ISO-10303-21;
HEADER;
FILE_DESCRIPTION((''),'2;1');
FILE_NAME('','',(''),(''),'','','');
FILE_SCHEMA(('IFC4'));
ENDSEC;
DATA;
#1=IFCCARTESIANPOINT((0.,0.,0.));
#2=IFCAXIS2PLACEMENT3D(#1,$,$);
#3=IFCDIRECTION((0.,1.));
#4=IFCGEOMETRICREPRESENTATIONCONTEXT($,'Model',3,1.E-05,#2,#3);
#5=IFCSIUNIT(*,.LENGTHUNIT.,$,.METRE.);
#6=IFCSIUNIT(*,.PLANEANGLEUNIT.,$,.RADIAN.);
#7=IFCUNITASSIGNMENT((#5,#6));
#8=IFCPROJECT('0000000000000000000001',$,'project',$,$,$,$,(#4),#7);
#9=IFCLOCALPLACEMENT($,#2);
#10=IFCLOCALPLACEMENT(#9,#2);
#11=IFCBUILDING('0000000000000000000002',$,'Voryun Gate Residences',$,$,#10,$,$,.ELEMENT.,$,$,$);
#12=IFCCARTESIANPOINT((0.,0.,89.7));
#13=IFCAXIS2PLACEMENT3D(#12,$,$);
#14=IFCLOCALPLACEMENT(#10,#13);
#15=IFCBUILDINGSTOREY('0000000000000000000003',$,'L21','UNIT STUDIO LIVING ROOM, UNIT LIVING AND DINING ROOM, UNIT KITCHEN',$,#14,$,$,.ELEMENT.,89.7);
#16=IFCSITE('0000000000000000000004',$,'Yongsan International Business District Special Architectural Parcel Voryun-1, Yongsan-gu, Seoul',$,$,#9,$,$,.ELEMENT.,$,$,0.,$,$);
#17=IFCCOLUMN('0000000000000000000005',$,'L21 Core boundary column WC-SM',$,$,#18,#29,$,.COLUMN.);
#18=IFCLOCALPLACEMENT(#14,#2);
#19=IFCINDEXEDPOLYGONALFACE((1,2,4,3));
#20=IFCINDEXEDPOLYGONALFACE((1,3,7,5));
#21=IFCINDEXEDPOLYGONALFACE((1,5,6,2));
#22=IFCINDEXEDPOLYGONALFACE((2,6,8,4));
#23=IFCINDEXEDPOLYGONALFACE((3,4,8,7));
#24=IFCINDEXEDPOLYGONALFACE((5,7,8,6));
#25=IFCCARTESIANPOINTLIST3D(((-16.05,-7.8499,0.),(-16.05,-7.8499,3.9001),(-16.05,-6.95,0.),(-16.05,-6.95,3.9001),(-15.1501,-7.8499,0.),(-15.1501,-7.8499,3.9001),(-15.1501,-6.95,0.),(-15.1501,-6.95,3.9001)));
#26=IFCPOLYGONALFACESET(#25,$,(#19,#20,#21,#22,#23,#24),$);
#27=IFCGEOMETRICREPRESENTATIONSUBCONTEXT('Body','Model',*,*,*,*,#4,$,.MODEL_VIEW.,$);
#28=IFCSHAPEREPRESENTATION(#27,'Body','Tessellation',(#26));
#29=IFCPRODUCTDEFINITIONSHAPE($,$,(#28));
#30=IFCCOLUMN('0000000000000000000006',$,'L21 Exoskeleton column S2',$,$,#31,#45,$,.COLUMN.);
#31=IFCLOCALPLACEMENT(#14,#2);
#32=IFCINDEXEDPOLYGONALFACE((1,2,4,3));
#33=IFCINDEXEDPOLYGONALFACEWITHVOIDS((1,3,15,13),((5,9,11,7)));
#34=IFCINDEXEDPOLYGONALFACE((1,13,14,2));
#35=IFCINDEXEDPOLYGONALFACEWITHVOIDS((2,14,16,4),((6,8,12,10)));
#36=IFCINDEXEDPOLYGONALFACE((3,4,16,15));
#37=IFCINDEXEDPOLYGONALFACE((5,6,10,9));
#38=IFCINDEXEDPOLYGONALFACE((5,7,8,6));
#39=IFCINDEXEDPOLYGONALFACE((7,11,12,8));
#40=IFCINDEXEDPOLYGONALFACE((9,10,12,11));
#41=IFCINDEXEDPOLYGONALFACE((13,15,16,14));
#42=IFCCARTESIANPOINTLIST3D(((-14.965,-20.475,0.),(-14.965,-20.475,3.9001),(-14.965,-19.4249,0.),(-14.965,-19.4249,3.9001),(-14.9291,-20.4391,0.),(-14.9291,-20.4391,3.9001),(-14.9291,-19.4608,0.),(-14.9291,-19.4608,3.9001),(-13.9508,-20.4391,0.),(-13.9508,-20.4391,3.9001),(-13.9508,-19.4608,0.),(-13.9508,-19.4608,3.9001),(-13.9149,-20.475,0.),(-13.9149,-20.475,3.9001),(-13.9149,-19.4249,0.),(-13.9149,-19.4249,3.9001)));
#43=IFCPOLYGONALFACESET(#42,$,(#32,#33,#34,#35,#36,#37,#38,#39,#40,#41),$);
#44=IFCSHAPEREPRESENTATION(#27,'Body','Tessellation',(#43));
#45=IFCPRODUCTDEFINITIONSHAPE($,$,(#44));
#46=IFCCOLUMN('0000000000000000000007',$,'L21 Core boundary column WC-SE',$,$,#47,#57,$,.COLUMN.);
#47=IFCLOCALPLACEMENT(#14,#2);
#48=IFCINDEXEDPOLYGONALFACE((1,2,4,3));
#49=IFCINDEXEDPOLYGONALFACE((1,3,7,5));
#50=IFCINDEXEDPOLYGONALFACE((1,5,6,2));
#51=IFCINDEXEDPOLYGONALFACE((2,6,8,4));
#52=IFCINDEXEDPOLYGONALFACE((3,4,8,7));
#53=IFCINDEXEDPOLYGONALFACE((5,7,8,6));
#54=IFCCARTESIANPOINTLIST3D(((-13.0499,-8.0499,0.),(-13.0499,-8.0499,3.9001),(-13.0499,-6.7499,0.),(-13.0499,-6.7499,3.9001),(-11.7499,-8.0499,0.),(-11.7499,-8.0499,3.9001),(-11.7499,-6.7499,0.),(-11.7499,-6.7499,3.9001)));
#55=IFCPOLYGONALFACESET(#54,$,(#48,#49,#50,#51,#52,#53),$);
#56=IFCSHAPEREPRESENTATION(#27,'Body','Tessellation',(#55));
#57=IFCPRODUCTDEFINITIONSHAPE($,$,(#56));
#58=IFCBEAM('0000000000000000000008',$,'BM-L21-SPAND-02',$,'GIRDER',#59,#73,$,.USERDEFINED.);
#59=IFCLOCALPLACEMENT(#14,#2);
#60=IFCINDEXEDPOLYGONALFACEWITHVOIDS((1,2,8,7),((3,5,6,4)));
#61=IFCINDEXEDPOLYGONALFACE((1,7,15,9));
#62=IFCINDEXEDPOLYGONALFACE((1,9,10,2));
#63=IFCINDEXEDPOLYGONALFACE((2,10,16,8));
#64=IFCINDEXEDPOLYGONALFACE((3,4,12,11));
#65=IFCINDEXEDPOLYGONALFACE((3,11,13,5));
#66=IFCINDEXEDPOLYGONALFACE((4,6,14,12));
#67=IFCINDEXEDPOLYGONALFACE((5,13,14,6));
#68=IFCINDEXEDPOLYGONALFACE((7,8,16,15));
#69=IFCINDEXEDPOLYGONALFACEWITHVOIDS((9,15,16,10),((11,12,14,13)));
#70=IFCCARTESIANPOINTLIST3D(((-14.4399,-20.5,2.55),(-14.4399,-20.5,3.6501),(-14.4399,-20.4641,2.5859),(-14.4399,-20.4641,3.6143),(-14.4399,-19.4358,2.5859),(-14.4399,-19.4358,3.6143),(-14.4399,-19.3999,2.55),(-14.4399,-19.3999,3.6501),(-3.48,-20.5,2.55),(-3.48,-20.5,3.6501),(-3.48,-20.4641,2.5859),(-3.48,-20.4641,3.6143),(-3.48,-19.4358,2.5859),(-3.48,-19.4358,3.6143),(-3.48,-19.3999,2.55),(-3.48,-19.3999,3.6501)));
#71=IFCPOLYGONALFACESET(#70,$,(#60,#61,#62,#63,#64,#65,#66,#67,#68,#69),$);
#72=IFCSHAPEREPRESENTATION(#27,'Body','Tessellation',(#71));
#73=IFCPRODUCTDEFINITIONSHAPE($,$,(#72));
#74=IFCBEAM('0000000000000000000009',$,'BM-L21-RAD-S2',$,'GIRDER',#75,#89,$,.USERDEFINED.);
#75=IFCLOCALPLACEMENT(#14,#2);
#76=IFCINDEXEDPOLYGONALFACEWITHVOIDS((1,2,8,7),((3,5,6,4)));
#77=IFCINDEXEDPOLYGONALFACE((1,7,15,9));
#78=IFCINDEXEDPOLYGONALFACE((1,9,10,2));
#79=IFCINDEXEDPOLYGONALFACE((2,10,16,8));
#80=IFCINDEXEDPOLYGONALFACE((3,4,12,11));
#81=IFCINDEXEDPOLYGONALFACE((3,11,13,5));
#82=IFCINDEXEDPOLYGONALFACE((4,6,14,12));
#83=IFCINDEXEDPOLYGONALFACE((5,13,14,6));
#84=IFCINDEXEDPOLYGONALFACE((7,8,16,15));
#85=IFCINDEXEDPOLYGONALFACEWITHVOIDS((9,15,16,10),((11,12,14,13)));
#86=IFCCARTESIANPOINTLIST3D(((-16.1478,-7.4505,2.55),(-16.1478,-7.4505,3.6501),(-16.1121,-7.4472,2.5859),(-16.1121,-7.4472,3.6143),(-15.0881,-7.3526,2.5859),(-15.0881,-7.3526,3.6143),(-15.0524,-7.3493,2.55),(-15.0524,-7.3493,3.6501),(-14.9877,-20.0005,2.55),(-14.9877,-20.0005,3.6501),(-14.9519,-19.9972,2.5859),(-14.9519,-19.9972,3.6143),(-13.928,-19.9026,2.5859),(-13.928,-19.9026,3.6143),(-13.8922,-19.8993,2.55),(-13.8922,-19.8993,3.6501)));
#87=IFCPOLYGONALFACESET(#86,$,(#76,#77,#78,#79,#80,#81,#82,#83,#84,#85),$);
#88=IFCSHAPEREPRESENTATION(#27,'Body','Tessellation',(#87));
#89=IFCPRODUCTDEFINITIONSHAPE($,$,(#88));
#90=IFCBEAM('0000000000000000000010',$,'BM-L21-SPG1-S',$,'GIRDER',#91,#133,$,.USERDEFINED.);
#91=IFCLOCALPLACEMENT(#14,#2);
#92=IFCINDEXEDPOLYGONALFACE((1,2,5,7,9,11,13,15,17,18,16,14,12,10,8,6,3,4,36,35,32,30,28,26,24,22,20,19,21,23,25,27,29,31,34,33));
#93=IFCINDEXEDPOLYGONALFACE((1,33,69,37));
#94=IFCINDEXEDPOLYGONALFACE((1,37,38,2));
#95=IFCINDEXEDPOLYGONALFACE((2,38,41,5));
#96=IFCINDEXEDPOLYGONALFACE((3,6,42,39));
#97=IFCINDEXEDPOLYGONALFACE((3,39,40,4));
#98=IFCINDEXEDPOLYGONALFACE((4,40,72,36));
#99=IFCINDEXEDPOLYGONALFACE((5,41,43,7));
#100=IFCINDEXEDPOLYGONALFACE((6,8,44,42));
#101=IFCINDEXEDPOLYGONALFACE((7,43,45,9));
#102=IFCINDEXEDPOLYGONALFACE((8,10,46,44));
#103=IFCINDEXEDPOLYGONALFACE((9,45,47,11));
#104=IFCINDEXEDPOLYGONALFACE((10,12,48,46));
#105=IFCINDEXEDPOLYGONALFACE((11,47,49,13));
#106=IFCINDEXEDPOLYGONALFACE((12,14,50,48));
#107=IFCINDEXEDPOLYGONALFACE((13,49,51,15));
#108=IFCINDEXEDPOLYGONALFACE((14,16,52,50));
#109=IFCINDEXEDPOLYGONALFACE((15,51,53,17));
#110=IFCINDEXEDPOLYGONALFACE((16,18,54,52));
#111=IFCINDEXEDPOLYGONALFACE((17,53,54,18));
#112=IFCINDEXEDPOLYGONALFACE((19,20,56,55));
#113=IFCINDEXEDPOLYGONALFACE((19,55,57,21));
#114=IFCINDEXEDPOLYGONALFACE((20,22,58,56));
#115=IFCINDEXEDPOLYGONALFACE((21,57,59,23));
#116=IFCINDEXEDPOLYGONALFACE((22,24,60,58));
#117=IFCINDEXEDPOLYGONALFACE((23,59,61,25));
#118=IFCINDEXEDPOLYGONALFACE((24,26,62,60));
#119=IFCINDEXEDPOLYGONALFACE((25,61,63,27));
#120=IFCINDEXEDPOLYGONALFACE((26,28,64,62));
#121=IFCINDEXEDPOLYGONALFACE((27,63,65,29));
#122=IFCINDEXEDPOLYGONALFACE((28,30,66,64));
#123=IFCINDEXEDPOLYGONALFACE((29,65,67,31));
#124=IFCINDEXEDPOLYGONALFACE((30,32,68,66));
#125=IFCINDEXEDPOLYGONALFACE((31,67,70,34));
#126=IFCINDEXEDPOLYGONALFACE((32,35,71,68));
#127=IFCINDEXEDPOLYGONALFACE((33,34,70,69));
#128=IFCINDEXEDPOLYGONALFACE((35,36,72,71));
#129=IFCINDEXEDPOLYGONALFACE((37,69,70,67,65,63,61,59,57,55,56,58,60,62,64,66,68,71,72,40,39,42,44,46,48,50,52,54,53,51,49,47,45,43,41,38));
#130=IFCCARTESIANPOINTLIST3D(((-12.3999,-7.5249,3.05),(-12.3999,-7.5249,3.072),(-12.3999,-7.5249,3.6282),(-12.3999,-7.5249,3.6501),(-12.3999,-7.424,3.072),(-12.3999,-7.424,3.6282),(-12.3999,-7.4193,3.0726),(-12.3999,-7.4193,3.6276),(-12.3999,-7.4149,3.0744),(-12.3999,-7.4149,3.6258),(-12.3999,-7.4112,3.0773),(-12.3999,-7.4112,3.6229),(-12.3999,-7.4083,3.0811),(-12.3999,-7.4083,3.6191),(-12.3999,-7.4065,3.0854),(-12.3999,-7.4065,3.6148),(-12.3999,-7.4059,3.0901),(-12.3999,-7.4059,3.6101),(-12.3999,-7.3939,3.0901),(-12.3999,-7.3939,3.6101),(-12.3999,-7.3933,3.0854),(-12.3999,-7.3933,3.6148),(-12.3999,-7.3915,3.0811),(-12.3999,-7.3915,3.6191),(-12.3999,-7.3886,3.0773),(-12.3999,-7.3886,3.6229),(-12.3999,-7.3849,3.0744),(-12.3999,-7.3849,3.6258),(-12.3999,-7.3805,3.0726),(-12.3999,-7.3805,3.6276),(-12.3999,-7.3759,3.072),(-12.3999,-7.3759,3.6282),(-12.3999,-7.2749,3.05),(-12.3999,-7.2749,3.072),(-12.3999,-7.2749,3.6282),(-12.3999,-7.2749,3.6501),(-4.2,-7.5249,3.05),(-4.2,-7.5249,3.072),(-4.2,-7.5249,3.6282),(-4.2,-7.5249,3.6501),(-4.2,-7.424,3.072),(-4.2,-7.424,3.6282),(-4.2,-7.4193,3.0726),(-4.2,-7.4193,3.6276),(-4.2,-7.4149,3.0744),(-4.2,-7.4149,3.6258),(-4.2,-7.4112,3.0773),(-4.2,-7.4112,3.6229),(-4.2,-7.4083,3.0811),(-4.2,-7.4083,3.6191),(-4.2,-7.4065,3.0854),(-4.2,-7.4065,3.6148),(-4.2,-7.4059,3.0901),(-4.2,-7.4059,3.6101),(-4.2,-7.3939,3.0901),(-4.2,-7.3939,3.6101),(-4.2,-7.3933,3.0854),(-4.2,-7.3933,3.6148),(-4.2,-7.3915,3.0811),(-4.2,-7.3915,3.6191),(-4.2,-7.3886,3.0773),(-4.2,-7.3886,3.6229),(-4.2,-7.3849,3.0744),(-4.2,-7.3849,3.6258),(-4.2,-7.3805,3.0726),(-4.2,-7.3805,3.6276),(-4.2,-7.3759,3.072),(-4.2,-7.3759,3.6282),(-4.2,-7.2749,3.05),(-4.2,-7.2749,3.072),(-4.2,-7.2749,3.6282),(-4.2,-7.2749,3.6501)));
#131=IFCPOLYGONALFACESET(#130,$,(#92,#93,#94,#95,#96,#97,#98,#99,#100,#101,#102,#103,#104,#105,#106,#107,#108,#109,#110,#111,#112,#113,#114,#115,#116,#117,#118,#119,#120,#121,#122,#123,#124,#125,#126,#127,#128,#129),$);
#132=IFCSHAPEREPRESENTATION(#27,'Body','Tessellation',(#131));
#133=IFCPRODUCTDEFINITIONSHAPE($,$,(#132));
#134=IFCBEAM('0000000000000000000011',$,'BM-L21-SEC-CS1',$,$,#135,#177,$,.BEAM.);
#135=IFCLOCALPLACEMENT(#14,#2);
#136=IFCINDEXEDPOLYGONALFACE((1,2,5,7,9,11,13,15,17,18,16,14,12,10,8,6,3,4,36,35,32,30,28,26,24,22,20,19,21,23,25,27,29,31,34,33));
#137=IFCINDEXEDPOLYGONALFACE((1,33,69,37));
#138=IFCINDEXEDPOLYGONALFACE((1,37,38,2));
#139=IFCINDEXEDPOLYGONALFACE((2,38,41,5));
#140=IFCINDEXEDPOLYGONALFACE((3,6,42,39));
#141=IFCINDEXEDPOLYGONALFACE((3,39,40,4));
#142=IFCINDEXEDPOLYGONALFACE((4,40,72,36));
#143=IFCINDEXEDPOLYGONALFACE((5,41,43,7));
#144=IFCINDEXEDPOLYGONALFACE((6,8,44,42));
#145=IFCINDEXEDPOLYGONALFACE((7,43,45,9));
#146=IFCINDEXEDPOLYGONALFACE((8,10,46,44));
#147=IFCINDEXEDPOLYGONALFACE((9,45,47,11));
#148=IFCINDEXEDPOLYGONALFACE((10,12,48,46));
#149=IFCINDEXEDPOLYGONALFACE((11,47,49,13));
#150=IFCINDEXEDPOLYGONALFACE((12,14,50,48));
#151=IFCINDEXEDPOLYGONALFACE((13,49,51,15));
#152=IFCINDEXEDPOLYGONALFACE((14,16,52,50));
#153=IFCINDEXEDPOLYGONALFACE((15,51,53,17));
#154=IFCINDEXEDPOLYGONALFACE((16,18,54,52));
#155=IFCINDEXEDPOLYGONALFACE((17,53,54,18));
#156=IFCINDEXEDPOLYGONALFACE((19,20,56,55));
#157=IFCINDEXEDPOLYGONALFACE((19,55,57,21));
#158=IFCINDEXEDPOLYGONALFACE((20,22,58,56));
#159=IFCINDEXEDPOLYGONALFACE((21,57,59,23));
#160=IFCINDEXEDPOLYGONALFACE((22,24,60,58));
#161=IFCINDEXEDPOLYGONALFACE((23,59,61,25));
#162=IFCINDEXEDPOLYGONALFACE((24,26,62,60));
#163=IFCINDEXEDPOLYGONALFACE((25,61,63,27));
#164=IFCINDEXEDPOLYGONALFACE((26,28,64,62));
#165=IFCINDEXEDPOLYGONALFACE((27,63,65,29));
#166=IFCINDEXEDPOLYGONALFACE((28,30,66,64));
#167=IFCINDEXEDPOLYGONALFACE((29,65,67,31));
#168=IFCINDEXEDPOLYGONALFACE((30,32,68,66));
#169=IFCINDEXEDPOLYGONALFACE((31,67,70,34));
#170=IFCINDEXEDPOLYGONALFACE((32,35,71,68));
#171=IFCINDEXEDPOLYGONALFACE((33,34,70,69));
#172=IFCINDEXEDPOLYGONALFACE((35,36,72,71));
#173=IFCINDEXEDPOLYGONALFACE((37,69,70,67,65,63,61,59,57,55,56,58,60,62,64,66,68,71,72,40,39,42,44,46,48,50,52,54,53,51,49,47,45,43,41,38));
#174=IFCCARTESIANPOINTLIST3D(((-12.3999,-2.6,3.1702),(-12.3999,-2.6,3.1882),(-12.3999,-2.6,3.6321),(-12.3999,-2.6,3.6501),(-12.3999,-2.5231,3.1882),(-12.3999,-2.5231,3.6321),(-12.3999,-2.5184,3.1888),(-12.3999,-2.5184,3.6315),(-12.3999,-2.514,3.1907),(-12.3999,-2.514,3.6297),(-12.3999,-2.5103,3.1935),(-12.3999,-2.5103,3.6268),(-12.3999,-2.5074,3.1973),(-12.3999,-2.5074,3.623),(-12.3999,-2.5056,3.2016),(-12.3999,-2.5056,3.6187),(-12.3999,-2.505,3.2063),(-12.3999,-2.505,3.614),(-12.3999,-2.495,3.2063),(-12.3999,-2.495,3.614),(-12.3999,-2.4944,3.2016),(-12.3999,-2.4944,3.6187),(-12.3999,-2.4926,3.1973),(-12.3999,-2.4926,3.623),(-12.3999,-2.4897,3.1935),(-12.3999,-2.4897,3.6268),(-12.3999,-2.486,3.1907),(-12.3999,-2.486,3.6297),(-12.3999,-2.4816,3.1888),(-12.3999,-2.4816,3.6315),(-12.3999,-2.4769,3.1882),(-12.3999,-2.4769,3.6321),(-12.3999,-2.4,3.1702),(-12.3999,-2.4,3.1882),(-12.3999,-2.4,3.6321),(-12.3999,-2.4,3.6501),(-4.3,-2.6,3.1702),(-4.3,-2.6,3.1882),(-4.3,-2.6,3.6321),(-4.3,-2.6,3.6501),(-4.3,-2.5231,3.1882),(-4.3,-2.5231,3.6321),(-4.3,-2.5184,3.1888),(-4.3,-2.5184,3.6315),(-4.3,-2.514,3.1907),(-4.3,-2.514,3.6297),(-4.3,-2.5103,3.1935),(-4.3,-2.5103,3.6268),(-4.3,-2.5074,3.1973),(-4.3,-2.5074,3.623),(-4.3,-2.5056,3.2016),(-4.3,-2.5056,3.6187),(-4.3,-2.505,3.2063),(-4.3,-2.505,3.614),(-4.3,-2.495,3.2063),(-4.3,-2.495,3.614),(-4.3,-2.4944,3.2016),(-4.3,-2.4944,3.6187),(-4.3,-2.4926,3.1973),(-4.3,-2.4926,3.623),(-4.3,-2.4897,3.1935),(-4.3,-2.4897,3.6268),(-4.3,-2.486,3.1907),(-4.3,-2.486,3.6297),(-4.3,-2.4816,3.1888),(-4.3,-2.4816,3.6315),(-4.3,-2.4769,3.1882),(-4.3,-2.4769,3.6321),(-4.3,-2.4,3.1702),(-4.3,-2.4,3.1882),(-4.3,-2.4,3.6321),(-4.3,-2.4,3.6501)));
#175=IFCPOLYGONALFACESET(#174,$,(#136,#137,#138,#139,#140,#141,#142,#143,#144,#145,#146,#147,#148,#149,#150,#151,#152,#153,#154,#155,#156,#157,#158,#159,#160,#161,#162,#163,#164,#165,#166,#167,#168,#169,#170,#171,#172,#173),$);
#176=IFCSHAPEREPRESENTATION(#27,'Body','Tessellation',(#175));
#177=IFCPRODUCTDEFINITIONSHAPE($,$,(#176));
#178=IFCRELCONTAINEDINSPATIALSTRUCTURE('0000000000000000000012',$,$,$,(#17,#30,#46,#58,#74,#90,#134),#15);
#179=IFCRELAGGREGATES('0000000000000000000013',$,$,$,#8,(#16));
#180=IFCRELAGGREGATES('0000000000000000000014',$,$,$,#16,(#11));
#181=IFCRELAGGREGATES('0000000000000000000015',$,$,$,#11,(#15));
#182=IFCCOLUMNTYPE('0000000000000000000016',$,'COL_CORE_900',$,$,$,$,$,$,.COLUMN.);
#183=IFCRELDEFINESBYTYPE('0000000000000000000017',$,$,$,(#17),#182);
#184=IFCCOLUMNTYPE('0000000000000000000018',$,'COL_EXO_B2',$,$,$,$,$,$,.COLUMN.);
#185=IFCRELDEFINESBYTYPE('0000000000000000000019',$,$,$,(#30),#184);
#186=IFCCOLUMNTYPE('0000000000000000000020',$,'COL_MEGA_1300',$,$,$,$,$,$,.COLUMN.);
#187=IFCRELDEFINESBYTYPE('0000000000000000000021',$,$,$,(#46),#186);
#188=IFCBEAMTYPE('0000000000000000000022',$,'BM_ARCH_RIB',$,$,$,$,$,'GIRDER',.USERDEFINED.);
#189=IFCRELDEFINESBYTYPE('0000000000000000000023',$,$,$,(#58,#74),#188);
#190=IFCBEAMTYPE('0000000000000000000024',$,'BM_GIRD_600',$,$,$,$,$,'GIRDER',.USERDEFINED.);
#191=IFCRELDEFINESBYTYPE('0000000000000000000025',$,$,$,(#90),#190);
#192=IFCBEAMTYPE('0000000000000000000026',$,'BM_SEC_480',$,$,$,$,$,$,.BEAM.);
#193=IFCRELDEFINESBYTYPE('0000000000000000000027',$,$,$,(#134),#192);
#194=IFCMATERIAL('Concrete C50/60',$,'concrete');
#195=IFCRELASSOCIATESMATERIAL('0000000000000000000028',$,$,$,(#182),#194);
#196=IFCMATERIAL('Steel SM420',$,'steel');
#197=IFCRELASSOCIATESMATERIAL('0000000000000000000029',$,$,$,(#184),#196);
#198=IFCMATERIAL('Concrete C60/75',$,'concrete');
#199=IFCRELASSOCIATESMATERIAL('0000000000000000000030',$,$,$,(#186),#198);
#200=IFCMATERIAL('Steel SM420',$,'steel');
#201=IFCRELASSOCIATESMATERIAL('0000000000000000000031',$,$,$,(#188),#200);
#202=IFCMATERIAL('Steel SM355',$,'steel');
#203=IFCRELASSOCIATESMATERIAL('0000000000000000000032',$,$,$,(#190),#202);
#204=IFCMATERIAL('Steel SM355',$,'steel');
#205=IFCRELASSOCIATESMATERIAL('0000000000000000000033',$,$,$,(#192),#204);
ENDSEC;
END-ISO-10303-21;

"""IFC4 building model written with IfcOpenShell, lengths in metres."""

from ifc_helpers import new_model, si_unit, direction, frame, origin, origin_2d, place, context, subcontext, project, spatial, rectangle, hollow_rectangle, i_section, extrude, material, material_profile, profile_set, type_object, element, save


model = new_model("IFC4")

# Units and contexts
model_context = context("Model", 3, precision=1e-05, world=origin(), true_north=direction((0.0, 1.0)))
body_context = subcontext(model_context, "Body", "Model", "MODEL_VIEW")
ifc_project = project(units=[si_unit("LENGTHUNIT", "METRE"), si_unit("PLANEANGLEUNIT", "RADIAN")], contexts=[model_context])

# Site, building, storey
site_placement = place(None, origin())
site = spatial("IfcSite", under=ifc_project, at=site_placement, Name="Yongsan International Business District Special Architectural Parcel Voryun-1, Yongsan-gu, Seoul", CompositionType="ELEMENT", RefElevation=0.0)
building_placement = place(site_placement, origin())
building = spatial("IfcBuilding", under=site, at=building_placement, Name="Voryun Gate Residences", CompositionType="ELEMENT")
storey_placement = place(building_placement, frame((0.0, 0.0, 89.7)))
storey = spatial("IfcBuildingStorey", under=building, at=storey_placement, Name="L21", Description="UNIT STUDIO LIVING ROOM, UNIT LIVING AND DINING ROOM, UNIT KITCHEN", CompositionType="ELEMENT", Elevation=89.7)

# Columns
ifc_material_1 = material(Name="Concrete C50/60", Category="concrete")
ifc_material_profile_1 = material_profile(ifc_material_1, rectangle(XDim=0.8999, YDim=0.8999, at=origin_2d()), Name="RC-900x900")
ifc_profile_set_1 = profile_set([ifc_material_profile_1], Name="Concrete C50/60")
column_type_1 = type_object("IfcColumnType", Name="COL_CORE_900", PredefinedType="COLUMN", material=ifc_profile_set_1)
column_1_placement = place(storey_placement, frame((-15.6001, -7.3999, 0.0), z_axis=(0.0, 0.0, 1.0), x_axis=(1.0, 0.0, 0.0)))
element("IfcColumn", 1, at=column_1_placement, inside=storey, type_object=column_type_1, Name="L21 Core boundary column WC-SM", PredefinedType="COLUMN", context=body_context, shape_type="SweptSolid", body=[
    extrude(rectangle(XDim=0.8999, YDim=0.8999, at=origin_2d()), origin(), (0.0, 0.0, 1.0), 3.9001),
])
ifc_material_2 = material(Name="Steel SM420", Category="steel")
ifc_material_profile_2 = material_profile(ifc_material_2, hollow_rectangle(XDim=1.05, YDim=1.05, WallThickness=0.0359, at=origin_2d()), Name="BOX-1050x1050x36")
ifc_profile_set_2 = profile_set([ifc_material_profile_2], Name="Steel SM420")
column_type_2 = type_object("IfcColumnType", Name="COL_EXO_B2", PredefinedType="COLUMN", material=ifc_profile_set_2)
column_2_placement = place(storey_placement, frame((-14.4399, -19.95, 0.0), z_axis=(0.0, 0.0, 1.0), x_axis=(1.0, 0.0, 0.0)))
element("IfcColumn", 2, at=column_2_placement, inside=storey, type_object=column_type_2, Name="L21 Exoskeleton column S2", PredefinedType="COLUMN", context=body_context, shape_type="SweptSolid", body=[
    extrude(hollow_rectangle(XDim=1.05, YDim=1.05, WallThickness=0.0359, at=origin_2d()), origin(), (0.0, 0.0, 1.0), 3.9001),
])
ifc_material_3 = material(Name="Concrete C60/75", Category="concrete")
ifc_material_profile_3 = material_profile(ifc_material_3, rectangle(XDim=1.3, YDim=1.3, at=origin_2d()), Name="RC-1300x1300")
ifc_profile_set_3 = profile_set([ifc_material_profile_3], Name="Concrete C60/75")
column_type_3 = type_object("IfcColumnType", Name="COL_MEGA_1300", PredefinedType="COLUMN", material=ifc_profile_set_3)
column_3_placement = place(storey_placement, frame((-12.3999, -7.3999, 0.0), z_axis=(0.0, 0.0, 1.0), x_axis=(1.0, 0.0, 0.0)))
element("IfcColumn", 3, at=column_3_placement, inside=storey, type_object=column_type_3, Name="L21 Core boundary column WC-SE", PredefinedType="COLUMN", context=body_context, shape_type="SweptSolid", body=[
    extrude(rectangle(XDim=1.3, YDim=1.3, at=origin_2d()), origin(), (0.0, 0.0, 1.0), 3.9001),
])

# Beams
ifc_material_4 = material(Name="Steel SM420", Category="steel")
ifc_material_profile_4 = material_profile(ifc_material_4, hollow_rectangle(XDim=1.1001, YDim=1.1001, WallThickness=0.0359, at=origin_2d()), Name="BOX-1100x1100x36")
ifc_profile_set_4 = profile_set([ifc_material_profile_4], Name="Steel SM420")
beam_type_1 = type_object("IfcBeamType", Name="BM_ARCH_RIB", ElementType="GIRDER", PredefinedType="USERDEFINED", material=ifc_profile_set_4)
beam_1_placement = place(storey_placement, frame((-14.4399, -19.95, 3.1001), z_axis=(1.0, 0.0, 0.0), x_axis=(0.0, 1.0, 0.0)))
element("IfcBeam", 4, at=beam_1_placement, inside=storey, type_object=beam_type_1, Name="BM-L21-SPAND-02", ObjectType="GIRDER", PredefinedType="USERDEFINED", context=body_context, shape_type="SweptSolid", body=[
    extrude(hollow_rectangle(XDim=1.1001, YDim=1.1001, WallThickness=0.0359, at=origin_2d()), origin(), (0.0, 0.0, 1.0), 10.96),
])
beam_2_placement = place(storey_placement, frame((-15.6001, -7.3999, 3.1001), z_axis=(0.09205, -0.995754, 0.0), x_axis=(0.995754, 0.09205, 0.0)))
element("IfcBeam", 5, at=beam_2_placement, inside=storey, type_object=beam_type_1, Name="BM-L21-RAD-S2", ObjectType="GIRDER", PredefinedType="USERDEFINED", context=body_context, shape_type="SweptSolid", body=[
    extrude(hollow_rectangle(XDim=1.1001, YDim=1.1001, WallThickness=0.0359, at=origin_2d()), origin(), (0.0, 0.0, 1.0), 12.6035),
])
ifc_material_5 = material(Name="Steel SM355", Category="steel")
ifc_material_profile_5 = material_profile(ifc_material_5, i_section(OverallWidth=0.25, OverallDepth=0.6001, WebThickness=0.012, FlangeThickness=0.022, FilletRadius=0.0181, at=origin_2d()), Name="H-600x250x12x22")
ifc_profile_set_5 = profile_set([ifc_material_profile_5], Name="Steel SM355")
beam_type_2 = type_object("IfcBeamType", Name="BM_GIRD_600", ElementType="GIRDER", PredefinedType="USERDEFINED", material=ifc_profile_set_5)
beam_3_placement = place(storey_placement, frame((-12.3999, -7.3999, 3.3501), z_axis=(1.0, 0.0, 0.0), x_axis=(0.0, 1.0, 0.0)))
element("IfcBeam", 6, at=beam_3_placement, inside=storey, type_object=beam_type_2, Name="BM-L21-SPG1-S", ObjectType="GIRDER", PredefinedType="USERDEFINED", context=body_context, shape_type="SweptSolid", body=[
    extrude(i_section(OverallWidth=0.25, OverallDepth=0.6001, WebThickness=0.012, FlangeThickness=0.022, FilletRadius=0.0181, at=origin_2d()), origin(), (0.0, 0.0, 1.0), 8.2),
])
ifc_material_6 = material(Name="Steel SM355", Category="steel")
ifc_material_profile_6 = material_profile(ifc_material_6, i_section(OverallWidth=0.2, OverallDepth=0.48, WebThickness=0.01, FlangeThickness=0.0181, FilletRadius=0.0181, at=origin_2d()), Name="H-480x200x10x18")
ifc_profile_set_6 = profile_set([ifc_material_profile_6], Name="Steel SM355")
beam_type_3 = type_object("IfcBeamType", Name="BM_SEC_480", PredefinedType="BEAM", material=ifc_profile_set_6)
for number, where, z_axis, x_axis, name in (
    (7, (-12.3999, -2.5, 3.4102), (1.0, 0.0, 0.0), (0.0, 1.0, 0.0), "BM-L21-SEC-CS1"),
):
    element("IfcBeam", number, at=place(storey_placement, frame(where, z_axis=z_axis, x_axis=x_axis)), inside=storey, type_object=beam_type_3, Name=name, PredefinedType="BEAM", context=body_context, shape_type="SweptSolid", body=[
        extrude(i_section(OverallWidth=0.2, OverallDepth=0.48, WebThickness=0.01, FlangeThickness=0.0181, FilletRadius=0.0181, at=origin_2d()), origin(), (0.0, 0.0, 1.0), 8.0999),
    ])

save(model, "model.ifc")
